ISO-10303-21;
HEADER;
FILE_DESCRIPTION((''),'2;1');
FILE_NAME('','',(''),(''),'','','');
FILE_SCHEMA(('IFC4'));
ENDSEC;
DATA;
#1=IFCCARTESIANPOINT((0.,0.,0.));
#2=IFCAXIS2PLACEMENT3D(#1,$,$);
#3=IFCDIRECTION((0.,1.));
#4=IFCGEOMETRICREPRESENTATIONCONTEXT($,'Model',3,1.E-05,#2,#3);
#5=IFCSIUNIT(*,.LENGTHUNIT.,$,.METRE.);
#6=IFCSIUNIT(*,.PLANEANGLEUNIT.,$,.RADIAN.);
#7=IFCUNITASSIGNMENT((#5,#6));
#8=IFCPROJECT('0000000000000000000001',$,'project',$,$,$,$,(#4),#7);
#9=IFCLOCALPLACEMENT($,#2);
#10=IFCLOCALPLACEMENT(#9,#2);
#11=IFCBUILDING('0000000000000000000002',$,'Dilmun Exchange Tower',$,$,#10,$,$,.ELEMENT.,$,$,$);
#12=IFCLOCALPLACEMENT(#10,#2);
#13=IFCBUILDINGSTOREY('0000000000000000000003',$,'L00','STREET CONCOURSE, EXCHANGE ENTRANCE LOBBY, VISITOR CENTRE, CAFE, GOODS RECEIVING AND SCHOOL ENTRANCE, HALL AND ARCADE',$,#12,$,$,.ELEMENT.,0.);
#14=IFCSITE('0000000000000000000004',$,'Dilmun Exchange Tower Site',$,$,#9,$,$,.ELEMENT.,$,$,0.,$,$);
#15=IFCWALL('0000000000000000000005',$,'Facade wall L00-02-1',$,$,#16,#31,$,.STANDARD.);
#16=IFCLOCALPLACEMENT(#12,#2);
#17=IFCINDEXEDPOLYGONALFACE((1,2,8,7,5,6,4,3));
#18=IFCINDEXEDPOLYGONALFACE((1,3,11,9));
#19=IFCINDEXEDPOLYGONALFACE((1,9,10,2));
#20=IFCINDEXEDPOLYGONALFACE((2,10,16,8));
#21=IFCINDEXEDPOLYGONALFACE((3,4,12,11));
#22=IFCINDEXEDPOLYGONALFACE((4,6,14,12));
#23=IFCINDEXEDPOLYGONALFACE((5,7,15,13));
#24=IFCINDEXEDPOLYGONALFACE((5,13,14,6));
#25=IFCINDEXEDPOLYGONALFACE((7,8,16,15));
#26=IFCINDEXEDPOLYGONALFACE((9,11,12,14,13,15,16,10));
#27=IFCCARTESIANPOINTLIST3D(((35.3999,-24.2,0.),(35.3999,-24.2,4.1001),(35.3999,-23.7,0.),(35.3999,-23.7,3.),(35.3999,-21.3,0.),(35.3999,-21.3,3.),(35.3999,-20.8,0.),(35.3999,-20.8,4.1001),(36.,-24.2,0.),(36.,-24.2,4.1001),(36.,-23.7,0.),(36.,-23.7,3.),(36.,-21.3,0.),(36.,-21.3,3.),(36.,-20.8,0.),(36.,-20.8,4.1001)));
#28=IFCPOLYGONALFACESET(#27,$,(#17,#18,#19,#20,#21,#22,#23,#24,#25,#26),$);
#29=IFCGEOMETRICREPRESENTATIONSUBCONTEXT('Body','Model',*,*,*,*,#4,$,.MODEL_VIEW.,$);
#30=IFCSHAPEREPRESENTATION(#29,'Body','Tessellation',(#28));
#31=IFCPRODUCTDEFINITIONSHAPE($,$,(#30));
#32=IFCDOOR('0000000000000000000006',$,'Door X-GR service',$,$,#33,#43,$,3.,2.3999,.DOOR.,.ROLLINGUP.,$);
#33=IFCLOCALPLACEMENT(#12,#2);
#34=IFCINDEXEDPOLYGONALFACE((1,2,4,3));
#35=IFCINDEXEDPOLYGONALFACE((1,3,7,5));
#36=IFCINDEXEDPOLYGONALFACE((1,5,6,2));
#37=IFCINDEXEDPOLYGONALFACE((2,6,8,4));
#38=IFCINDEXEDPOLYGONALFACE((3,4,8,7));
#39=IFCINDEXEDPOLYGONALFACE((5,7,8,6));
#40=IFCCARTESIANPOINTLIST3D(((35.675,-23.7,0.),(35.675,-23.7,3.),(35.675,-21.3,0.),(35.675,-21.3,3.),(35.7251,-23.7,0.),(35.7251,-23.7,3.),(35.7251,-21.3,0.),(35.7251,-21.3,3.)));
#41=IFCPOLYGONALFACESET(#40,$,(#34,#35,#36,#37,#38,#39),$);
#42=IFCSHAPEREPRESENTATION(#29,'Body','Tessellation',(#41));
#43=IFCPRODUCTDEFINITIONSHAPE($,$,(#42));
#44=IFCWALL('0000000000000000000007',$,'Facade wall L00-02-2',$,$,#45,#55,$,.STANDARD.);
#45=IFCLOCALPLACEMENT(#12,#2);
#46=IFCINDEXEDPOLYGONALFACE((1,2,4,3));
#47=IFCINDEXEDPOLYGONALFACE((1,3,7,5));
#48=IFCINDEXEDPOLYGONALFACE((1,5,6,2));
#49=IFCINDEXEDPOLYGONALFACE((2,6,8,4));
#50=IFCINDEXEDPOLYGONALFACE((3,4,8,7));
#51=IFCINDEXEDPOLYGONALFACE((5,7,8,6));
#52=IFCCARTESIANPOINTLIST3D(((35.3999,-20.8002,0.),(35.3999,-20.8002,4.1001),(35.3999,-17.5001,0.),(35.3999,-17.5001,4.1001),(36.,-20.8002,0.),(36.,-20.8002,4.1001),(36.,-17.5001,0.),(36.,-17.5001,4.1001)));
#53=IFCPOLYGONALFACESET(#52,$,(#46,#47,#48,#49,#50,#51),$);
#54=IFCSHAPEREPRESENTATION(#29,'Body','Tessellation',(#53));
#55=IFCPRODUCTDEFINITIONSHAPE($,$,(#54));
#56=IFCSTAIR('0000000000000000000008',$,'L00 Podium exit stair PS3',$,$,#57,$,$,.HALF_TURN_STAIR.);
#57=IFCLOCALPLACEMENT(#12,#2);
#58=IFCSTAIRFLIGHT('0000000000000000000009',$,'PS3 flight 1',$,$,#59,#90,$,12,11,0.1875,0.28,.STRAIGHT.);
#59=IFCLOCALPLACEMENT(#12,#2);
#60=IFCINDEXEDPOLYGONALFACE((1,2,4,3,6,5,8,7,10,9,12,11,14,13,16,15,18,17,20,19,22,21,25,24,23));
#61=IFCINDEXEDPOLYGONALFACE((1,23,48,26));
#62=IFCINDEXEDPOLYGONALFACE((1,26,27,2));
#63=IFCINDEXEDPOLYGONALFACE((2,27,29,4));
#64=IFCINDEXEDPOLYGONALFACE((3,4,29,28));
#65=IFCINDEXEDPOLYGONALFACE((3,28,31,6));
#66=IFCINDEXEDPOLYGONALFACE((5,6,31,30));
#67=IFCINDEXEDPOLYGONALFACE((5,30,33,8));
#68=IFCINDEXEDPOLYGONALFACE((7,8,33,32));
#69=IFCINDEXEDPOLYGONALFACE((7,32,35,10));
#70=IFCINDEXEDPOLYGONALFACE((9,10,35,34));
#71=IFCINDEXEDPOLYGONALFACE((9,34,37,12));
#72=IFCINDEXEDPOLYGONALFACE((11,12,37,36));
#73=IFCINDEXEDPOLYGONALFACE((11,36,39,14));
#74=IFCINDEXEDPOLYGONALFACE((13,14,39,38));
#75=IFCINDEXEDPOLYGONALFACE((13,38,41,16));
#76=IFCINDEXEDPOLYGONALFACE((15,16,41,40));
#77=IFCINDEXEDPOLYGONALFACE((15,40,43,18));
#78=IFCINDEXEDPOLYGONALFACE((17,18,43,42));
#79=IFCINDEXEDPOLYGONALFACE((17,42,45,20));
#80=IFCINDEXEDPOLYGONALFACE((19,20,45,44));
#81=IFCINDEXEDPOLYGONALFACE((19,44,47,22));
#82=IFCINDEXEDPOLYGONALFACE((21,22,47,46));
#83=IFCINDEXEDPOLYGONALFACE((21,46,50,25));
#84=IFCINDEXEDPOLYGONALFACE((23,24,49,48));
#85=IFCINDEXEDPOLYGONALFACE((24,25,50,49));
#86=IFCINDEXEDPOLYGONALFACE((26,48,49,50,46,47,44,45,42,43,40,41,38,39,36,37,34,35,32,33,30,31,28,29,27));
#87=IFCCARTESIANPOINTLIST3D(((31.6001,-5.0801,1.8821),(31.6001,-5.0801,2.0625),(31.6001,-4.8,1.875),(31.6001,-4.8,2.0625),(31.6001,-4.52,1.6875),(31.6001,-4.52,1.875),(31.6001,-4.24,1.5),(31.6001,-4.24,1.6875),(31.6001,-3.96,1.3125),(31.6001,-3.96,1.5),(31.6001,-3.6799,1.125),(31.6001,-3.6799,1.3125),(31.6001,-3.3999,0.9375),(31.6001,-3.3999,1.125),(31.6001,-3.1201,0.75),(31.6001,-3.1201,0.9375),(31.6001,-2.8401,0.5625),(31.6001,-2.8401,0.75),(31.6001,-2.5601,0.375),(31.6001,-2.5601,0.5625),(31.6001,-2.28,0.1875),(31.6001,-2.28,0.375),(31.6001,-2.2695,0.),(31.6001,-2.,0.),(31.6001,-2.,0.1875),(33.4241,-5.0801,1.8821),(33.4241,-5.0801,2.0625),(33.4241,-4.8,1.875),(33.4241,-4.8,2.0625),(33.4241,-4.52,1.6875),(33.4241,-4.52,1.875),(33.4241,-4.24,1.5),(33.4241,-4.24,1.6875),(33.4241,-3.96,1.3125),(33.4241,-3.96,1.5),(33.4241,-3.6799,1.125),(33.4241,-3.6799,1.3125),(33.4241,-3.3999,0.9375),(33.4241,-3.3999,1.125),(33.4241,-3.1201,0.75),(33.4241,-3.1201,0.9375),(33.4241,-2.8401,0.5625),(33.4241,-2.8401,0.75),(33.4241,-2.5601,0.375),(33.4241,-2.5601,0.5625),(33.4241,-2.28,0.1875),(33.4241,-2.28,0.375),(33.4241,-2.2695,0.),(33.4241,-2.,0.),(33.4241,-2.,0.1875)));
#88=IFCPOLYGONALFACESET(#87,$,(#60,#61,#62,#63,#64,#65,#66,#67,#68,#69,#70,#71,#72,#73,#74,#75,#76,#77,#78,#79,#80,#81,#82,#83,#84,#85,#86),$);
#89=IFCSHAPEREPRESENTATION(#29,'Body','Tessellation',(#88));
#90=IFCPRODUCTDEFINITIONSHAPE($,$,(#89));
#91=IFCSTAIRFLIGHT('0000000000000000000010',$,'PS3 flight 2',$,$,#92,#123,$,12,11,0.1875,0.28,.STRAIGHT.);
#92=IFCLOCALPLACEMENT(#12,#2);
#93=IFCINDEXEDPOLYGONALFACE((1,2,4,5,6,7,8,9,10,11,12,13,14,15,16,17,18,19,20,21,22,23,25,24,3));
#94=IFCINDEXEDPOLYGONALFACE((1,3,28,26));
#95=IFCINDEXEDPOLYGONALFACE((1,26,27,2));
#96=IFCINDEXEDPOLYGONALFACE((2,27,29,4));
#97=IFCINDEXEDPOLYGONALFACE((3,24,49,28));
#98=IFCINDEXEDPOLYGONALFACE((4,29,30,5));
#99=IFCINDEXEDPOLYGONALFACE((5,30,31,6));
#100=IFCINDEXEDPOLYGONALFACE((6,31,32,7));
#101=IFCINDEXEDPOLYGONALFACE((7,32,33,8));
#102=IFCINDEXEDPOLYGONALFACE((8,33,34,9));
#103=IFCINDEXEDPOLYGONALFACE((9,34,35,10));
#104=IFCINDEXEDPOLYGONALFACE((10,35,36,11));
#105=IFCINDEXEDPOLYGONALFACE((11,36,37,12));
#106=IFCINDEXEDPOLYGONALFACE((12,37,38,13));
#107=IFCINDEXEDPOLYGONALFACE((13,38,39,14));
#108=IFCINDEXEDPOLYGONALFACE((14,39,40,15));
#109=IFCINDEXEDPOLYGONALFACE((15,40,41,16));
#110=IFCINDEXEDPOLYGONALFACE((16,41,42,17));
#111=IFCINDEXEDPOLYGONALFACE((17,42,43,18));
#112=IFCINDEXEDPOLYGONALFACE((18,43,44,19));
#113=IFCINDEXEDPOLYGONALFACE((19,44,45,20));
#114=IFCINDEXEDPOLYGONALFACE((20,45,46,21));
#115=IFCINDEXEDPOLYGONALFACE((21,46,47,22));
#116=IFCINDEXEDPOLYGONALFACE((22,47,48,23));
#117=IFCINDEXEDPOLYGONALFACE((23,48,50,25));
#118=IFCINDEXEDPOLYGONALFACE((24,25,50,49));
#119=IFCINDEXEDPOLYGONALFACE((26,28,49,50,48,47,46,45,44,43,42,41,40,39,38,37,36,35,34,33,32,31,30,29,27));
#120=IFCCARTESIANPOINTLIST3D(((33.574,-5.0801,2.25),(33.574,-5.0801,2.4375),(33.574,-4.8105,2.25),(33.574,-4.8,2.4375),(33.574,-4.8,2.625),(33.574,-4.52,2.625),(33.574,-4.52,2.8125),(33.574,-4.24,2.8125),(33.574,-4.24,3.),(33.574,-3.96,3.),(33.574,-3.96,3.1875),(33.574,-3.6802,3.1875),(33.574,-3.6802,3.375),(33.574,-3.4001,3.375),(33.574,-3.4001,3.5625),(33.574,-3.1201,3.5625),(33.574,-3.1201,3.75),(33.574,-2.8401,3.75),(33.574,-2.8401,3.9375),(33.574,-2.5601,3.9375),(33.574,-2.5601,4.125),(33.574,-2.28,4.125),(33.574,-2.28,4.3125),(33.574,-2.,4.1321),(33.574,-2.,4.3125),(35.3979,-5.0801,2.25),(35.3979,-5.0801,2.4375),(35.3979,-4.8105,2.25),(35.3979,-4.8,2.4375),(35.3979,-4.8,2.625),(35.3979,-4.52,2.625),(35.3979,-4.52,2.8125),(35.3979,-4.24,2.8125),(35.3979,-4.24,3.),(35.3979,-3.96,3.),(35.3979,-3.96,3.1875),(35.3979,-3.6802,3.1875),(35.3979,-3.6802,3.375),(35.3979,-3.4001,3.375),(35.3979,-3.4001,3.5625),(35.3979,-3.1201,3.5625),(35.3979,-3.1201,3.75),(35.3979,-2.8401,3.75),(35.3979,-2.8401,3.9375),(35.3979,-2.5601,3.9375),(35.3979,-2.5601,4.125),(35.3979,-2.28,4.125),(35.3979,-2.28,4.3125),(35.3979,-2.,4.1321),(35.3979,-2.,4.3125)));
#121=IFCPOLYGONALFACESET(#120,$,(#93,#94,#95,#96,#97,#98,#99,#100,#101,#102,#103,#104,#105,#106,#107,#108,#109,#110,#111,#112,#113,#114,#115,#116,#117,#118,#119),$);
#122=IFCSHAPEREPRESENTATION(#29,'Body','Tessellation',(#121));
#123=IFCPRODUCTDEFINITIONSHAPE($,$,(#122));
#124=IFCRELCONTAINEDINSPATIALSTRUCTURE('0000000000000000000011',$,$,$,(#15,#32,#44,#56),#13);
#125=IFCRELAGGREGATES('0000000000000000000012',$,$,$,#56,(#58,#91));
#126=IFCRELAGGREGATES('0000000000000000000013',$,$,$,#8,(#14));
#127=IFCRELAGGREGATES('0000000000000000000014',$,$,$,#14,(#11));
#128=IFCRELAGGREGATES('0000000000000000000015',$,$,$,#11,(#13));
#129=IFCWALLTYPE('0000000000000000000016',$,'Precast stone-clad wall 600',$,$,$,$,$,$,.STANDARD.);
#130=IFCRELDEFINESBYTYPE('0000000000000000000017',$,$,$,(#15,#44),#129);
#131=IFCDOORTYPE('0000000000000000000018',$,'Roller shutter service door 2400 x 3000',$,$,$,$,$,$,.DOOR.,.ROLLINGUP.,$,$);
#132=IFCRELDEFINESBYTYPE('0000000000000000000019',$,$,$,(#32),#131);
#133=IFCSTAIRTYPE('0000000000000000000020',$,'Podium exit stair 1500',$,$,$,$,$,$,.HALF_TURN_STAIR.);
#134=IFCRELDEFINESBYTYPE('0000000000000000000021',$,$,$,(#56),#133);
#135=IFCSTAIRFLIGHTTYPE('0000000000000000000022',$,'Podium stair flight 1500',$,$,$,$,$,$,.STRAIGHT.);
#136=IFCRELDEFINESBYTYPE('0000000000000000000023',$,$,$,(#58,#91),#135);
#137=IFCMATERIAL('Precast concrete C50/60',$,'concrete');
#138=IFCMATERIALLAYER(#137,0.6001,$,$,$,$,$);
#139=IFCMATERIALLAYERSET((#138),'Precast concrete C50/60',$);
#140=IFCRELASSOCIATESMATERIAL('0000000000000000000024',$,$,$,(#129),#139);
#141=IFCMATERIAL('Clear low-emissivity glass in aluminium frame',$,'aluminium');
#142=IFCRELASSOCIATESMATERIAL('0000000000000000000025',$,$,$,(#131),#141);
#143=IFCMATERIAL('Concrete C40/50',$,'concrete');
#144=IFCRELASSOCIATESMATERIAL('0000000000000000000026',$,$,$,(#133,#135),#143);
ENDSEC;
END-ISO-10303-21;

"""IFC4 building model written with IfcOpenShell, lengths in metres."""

from ifc_helpers import new_model, si_unit, direction, frame, frame_2d, origin, place, context, subcontext, project, spatial, polyline, rectangle, outline, extrude, material, layer, layer_set, type_object, element, fill, aggregate, save


model = new_model("IFC4")

# Units and contexts
model_context = context("Model", 3, precision=1e-05, world=origin(), true_north=direction((0.0, 1.0)))
body_context = subcontext(model_context, "Body", "Model", "MODEL_VIEW")
ifc_project = project(units=[si_unit("LENGTHUNIT", "METRE"), si_unit("PLANEANGLEUNIT", "RADIAN")], contexts=[model_context])

# Site, building, storey
site_placement = place(None, origin())
site = spatial("IfcSite", under=ifc_project, at=site_placement, Name="Dilmun Exchange Tower Site", CompositionType="ELEMENT", RefElevation=0.0)
building_placement = place(site_placement, origin())
building = spatial("IfcBuilding", under=site, at=building_placement, Name="Dilmun Exchange Tower", CompositionType="ELEMENT")
storey_placement = place(building_placement, origin())
storey = spatial("IfcBuildingStorey", under=building, at=storey_placement, Name="L00", Description="STREET CONCOURSE, EXCHANGE ENTRANCE LOBBY, VISITOR CENTRE, CAFE, GOODS RECEIVING AND SCHOOL ENTRANCE, HALL AND ARCADE", CompositionType="ELEMENT", Elevation=0.0)

# Wall, opening, door
ifc_material_1 = material(Name="Precast concrete C50/60", Category="concrete")
ifc_layer_1 = layer(ifc_material_1, 0.6001)
ifc_layer_set_1 = layer_set([ifc_layer_1], Name="Precast concrete C50/60")
wall_type_1 = type_object("IfcWallType", Name="Precast stone-clad wall 600", PredefinedType="STANDARD", material=ifc_layer_set_1)
wall_1_placement = place(storey_placement, frame((35.7, -24.2, 0.0), z_axis=(0.0, 0.0, 1.0), x_axis=(0.0, 1.0, 0.0)))
wall_1 = element("IfcWall", 1, at=wall_1_placement, inside=storey, type_object=wall_type_1, Name="Facade wall L00-02-1", PredefinedType="STANDARD", context=body_context, shape_type="SweptSolid", body=[
    extrude(rectangle(XDim=3.3999, YDim=0.6001, at=frame_2d((1.7, 0.0))), origin(), (0.0, 0.0, 1.0), 4.1001),
])
opening_1_placement = place(wall_1_placement, frame((0.5, 0.0, 0.0)))
opening_1 = element("IfcOpeningElement", 2, at=opening_1_placement, cuts=wall_1, PredefinedType="OPENING", context=body_context, shape_type="SweptSolid", body=[
    extrude(rectangle(XDim=2.3999, YDim=3.0, at=frame_2d((1.2, 1.5))), frame((0.0, 0.3101, 0.0), z_axis=(0.0, -1.0, 0.0), x_axis=(1.0, 0.0, 0.0)), (0.0, 0.0, 1.0), 0.6201),
])
ifc_material_2 = material(Name="Clear low-emissivity glass in aluminium frame", Category="aluminium")
door_type_1 = type_object("IfcDoorType", Name="Roller shutter service door 2400 x 3000", OperationType="ROLLINGUP", PredefinedType="DOOR", material=ifc_material_2)
door_1_placement = place(opening_1_placement, origin())
door_1 = element("IfcDoor", 3, at=door_1_placement, inside=storey, type_object=door_type_1, Name="Door X-GR service", OperationType="ROLLINGUP", OverallHeight=3.0, OverallWidth=2.3999, PredefinedType="DOOR", context=body_context, shape_type="SweptSolid", body=[
    extrude(rectangle(XDim=2.3999, YDim=3.0, at=frame_2d((1.2, 1.5))), frame((0.0, 0.0249, 0.0), z_axis=(0.0, -1.0, 0.0), x_axis=(1.0, 0.0, 0.0)), (0.0, 0.0, 1.0), 0.05),
])
fill(opening_1, door_1)

# Wall
wall_2_placement = place(storey_placement, frame((35.7, -20.8, 0.0), z_axis=(0.0, 0.0, 1.0), x_axis=(0.0, 1.0, 0.0)))
element("IfcWall", 4, at=wall_2_placement, inside=storey, type_object=wall_type_1, Name="Facade wall L00-02-2", PredefinedType="STANDARD", context=body_context, shape_type="SweptSolid", body=[
    extrude(rectangle(XDim=3.3, YDim=0.6001, at=frame_2d((1.6499, 0.0))), origin(), (0.0, 0.0, 1.0), 4.1001),
])

# Stair, stair flights
ifc_material_3 = material(Name="Concrete C40/50", Category="concrete")
stair_type = type_object("IfcStairType", Name="Podium exit stair 1500", PredefinedType="HALF_TURN_STAIR", material=ifc_material_3)
stair_placement = place(storey_placement, origin())
stair = element("IfcStair", 5, at=stair_placement, inside=storey, type_object=stair_type, Name="L00 Podium exit stair PS3", PredefinedType="HALF_TURN_STAIR")
stair_flight_type = type_object("IfcStairFlightType", Name="Podium stair flight 1500", PredefinedType="STRAIGHT", material=ifc_material_3)
stair_flight_1_placement = place(storey_placement, frame((32.512, -2.0, 0.0), z_axis=(0.0, 0.0, 1.0), x_axis=(0.0, -1.0, 0.0)))
stair_flight_1 = element("IfcStairFlight", 6, at=stair_flight_1_placement, type_object=stair_flight_type, Name="PS3 flight 1", NumberOfRisers=12, NumberOfTreads=11, PredefinedType="STRAIGHT", RiserHeight=0.1875, TreadLength=0.28, context=body_context, shape_type="SweptSolid", body=[
    extrude(outline(polyline([(0.0, 0.0), (0.0, 0.1875), (0.28, 0.1875), (0.28, 0.375), (0.5601, 0.375), (0.5601, 0.5625), (0.8401, 0.5625), (0.8401, 0.75), (1.1201, 0.75), (1.1201, 0.9375), (1.3999, 0.9375), (1.3999, 1.125), (1.6799, 1.125), (1.6799, 1.3125), (1.96, 1.3125), (1.96, 1.5), (2.24, 1.5), (2.24, 1.6875), (2.52, 1.6875), (2.52, 1.875), (2.8, 1.875), (2.8, 2.0625), (3.0801, 2.0625), (3.0801, 2.25), (3.0801, 1.8821), (0.2695, 0.0), (0.0, 0.0)])), frame((0.0, 0.9121, 0.0), z_axis=(0.0, -1.0, 0.0), x_axis=(1.0, 0.0, 0.0)), (0.0, 0.0, 1.0), 1.824),
])
stair_flight_2_placement = place(storey_placement, frame((34.4861, -5.0801, 2.25), z_axis=(0.0, 0.0, 1.0), x_axis=(0.0, 1.0, 0.0)))
stair_flight_2 = element("IfcStairFlight", 7, at=stair_flight_2_placement, type_object=stair_flight_type, Name="PS3 flight 2", NumberOfRisers=12, NumberOfTreads=11, PredefinedType="STRAIGHT", RiserHeight=0.1875, TreadLength=0.28, context=body_context, shape_type="SweptSolid", body=[
    extrude(outline(polyline([(0.0, 0.0), (0.0, 0.1875), (0.28, 0.1875), (0.28, 0.375), (0.5601, 0.375), (0.5601, 0.5625), (0.8401, 0.5625), (0.8401, 0.75), (1.1201, 0.75), (1.1201, 0.9375), (1.3999, 0.9375), (1.3999, 1.125), (1.6799, 1.125), (1.6799, 1.3125), (1.96, 1.3125), (1.96, 1.5), (2.24, 1.5), (2.24, 1.6875), (2.52, 1.6875), (2.52, 1.875), (2.8, 1.875), (2.8, 2.0625), (3.0801, 2.0625), (3.0801, 2.25), (3.0801, 1.8821), (0.2695, 0.0), (0.0, 0.0)])), frame((0.0, 0.9121, 0.0), z_axis=(0.0, -1.0, 0.0), x_axis=(1.0, 0.0, 0.0)), (0.0, 0.0, 1.0), 1.824),
])
aggregate(stair, [stair_flight_1, stair_flight_2])

save(model, "model.ifc")
